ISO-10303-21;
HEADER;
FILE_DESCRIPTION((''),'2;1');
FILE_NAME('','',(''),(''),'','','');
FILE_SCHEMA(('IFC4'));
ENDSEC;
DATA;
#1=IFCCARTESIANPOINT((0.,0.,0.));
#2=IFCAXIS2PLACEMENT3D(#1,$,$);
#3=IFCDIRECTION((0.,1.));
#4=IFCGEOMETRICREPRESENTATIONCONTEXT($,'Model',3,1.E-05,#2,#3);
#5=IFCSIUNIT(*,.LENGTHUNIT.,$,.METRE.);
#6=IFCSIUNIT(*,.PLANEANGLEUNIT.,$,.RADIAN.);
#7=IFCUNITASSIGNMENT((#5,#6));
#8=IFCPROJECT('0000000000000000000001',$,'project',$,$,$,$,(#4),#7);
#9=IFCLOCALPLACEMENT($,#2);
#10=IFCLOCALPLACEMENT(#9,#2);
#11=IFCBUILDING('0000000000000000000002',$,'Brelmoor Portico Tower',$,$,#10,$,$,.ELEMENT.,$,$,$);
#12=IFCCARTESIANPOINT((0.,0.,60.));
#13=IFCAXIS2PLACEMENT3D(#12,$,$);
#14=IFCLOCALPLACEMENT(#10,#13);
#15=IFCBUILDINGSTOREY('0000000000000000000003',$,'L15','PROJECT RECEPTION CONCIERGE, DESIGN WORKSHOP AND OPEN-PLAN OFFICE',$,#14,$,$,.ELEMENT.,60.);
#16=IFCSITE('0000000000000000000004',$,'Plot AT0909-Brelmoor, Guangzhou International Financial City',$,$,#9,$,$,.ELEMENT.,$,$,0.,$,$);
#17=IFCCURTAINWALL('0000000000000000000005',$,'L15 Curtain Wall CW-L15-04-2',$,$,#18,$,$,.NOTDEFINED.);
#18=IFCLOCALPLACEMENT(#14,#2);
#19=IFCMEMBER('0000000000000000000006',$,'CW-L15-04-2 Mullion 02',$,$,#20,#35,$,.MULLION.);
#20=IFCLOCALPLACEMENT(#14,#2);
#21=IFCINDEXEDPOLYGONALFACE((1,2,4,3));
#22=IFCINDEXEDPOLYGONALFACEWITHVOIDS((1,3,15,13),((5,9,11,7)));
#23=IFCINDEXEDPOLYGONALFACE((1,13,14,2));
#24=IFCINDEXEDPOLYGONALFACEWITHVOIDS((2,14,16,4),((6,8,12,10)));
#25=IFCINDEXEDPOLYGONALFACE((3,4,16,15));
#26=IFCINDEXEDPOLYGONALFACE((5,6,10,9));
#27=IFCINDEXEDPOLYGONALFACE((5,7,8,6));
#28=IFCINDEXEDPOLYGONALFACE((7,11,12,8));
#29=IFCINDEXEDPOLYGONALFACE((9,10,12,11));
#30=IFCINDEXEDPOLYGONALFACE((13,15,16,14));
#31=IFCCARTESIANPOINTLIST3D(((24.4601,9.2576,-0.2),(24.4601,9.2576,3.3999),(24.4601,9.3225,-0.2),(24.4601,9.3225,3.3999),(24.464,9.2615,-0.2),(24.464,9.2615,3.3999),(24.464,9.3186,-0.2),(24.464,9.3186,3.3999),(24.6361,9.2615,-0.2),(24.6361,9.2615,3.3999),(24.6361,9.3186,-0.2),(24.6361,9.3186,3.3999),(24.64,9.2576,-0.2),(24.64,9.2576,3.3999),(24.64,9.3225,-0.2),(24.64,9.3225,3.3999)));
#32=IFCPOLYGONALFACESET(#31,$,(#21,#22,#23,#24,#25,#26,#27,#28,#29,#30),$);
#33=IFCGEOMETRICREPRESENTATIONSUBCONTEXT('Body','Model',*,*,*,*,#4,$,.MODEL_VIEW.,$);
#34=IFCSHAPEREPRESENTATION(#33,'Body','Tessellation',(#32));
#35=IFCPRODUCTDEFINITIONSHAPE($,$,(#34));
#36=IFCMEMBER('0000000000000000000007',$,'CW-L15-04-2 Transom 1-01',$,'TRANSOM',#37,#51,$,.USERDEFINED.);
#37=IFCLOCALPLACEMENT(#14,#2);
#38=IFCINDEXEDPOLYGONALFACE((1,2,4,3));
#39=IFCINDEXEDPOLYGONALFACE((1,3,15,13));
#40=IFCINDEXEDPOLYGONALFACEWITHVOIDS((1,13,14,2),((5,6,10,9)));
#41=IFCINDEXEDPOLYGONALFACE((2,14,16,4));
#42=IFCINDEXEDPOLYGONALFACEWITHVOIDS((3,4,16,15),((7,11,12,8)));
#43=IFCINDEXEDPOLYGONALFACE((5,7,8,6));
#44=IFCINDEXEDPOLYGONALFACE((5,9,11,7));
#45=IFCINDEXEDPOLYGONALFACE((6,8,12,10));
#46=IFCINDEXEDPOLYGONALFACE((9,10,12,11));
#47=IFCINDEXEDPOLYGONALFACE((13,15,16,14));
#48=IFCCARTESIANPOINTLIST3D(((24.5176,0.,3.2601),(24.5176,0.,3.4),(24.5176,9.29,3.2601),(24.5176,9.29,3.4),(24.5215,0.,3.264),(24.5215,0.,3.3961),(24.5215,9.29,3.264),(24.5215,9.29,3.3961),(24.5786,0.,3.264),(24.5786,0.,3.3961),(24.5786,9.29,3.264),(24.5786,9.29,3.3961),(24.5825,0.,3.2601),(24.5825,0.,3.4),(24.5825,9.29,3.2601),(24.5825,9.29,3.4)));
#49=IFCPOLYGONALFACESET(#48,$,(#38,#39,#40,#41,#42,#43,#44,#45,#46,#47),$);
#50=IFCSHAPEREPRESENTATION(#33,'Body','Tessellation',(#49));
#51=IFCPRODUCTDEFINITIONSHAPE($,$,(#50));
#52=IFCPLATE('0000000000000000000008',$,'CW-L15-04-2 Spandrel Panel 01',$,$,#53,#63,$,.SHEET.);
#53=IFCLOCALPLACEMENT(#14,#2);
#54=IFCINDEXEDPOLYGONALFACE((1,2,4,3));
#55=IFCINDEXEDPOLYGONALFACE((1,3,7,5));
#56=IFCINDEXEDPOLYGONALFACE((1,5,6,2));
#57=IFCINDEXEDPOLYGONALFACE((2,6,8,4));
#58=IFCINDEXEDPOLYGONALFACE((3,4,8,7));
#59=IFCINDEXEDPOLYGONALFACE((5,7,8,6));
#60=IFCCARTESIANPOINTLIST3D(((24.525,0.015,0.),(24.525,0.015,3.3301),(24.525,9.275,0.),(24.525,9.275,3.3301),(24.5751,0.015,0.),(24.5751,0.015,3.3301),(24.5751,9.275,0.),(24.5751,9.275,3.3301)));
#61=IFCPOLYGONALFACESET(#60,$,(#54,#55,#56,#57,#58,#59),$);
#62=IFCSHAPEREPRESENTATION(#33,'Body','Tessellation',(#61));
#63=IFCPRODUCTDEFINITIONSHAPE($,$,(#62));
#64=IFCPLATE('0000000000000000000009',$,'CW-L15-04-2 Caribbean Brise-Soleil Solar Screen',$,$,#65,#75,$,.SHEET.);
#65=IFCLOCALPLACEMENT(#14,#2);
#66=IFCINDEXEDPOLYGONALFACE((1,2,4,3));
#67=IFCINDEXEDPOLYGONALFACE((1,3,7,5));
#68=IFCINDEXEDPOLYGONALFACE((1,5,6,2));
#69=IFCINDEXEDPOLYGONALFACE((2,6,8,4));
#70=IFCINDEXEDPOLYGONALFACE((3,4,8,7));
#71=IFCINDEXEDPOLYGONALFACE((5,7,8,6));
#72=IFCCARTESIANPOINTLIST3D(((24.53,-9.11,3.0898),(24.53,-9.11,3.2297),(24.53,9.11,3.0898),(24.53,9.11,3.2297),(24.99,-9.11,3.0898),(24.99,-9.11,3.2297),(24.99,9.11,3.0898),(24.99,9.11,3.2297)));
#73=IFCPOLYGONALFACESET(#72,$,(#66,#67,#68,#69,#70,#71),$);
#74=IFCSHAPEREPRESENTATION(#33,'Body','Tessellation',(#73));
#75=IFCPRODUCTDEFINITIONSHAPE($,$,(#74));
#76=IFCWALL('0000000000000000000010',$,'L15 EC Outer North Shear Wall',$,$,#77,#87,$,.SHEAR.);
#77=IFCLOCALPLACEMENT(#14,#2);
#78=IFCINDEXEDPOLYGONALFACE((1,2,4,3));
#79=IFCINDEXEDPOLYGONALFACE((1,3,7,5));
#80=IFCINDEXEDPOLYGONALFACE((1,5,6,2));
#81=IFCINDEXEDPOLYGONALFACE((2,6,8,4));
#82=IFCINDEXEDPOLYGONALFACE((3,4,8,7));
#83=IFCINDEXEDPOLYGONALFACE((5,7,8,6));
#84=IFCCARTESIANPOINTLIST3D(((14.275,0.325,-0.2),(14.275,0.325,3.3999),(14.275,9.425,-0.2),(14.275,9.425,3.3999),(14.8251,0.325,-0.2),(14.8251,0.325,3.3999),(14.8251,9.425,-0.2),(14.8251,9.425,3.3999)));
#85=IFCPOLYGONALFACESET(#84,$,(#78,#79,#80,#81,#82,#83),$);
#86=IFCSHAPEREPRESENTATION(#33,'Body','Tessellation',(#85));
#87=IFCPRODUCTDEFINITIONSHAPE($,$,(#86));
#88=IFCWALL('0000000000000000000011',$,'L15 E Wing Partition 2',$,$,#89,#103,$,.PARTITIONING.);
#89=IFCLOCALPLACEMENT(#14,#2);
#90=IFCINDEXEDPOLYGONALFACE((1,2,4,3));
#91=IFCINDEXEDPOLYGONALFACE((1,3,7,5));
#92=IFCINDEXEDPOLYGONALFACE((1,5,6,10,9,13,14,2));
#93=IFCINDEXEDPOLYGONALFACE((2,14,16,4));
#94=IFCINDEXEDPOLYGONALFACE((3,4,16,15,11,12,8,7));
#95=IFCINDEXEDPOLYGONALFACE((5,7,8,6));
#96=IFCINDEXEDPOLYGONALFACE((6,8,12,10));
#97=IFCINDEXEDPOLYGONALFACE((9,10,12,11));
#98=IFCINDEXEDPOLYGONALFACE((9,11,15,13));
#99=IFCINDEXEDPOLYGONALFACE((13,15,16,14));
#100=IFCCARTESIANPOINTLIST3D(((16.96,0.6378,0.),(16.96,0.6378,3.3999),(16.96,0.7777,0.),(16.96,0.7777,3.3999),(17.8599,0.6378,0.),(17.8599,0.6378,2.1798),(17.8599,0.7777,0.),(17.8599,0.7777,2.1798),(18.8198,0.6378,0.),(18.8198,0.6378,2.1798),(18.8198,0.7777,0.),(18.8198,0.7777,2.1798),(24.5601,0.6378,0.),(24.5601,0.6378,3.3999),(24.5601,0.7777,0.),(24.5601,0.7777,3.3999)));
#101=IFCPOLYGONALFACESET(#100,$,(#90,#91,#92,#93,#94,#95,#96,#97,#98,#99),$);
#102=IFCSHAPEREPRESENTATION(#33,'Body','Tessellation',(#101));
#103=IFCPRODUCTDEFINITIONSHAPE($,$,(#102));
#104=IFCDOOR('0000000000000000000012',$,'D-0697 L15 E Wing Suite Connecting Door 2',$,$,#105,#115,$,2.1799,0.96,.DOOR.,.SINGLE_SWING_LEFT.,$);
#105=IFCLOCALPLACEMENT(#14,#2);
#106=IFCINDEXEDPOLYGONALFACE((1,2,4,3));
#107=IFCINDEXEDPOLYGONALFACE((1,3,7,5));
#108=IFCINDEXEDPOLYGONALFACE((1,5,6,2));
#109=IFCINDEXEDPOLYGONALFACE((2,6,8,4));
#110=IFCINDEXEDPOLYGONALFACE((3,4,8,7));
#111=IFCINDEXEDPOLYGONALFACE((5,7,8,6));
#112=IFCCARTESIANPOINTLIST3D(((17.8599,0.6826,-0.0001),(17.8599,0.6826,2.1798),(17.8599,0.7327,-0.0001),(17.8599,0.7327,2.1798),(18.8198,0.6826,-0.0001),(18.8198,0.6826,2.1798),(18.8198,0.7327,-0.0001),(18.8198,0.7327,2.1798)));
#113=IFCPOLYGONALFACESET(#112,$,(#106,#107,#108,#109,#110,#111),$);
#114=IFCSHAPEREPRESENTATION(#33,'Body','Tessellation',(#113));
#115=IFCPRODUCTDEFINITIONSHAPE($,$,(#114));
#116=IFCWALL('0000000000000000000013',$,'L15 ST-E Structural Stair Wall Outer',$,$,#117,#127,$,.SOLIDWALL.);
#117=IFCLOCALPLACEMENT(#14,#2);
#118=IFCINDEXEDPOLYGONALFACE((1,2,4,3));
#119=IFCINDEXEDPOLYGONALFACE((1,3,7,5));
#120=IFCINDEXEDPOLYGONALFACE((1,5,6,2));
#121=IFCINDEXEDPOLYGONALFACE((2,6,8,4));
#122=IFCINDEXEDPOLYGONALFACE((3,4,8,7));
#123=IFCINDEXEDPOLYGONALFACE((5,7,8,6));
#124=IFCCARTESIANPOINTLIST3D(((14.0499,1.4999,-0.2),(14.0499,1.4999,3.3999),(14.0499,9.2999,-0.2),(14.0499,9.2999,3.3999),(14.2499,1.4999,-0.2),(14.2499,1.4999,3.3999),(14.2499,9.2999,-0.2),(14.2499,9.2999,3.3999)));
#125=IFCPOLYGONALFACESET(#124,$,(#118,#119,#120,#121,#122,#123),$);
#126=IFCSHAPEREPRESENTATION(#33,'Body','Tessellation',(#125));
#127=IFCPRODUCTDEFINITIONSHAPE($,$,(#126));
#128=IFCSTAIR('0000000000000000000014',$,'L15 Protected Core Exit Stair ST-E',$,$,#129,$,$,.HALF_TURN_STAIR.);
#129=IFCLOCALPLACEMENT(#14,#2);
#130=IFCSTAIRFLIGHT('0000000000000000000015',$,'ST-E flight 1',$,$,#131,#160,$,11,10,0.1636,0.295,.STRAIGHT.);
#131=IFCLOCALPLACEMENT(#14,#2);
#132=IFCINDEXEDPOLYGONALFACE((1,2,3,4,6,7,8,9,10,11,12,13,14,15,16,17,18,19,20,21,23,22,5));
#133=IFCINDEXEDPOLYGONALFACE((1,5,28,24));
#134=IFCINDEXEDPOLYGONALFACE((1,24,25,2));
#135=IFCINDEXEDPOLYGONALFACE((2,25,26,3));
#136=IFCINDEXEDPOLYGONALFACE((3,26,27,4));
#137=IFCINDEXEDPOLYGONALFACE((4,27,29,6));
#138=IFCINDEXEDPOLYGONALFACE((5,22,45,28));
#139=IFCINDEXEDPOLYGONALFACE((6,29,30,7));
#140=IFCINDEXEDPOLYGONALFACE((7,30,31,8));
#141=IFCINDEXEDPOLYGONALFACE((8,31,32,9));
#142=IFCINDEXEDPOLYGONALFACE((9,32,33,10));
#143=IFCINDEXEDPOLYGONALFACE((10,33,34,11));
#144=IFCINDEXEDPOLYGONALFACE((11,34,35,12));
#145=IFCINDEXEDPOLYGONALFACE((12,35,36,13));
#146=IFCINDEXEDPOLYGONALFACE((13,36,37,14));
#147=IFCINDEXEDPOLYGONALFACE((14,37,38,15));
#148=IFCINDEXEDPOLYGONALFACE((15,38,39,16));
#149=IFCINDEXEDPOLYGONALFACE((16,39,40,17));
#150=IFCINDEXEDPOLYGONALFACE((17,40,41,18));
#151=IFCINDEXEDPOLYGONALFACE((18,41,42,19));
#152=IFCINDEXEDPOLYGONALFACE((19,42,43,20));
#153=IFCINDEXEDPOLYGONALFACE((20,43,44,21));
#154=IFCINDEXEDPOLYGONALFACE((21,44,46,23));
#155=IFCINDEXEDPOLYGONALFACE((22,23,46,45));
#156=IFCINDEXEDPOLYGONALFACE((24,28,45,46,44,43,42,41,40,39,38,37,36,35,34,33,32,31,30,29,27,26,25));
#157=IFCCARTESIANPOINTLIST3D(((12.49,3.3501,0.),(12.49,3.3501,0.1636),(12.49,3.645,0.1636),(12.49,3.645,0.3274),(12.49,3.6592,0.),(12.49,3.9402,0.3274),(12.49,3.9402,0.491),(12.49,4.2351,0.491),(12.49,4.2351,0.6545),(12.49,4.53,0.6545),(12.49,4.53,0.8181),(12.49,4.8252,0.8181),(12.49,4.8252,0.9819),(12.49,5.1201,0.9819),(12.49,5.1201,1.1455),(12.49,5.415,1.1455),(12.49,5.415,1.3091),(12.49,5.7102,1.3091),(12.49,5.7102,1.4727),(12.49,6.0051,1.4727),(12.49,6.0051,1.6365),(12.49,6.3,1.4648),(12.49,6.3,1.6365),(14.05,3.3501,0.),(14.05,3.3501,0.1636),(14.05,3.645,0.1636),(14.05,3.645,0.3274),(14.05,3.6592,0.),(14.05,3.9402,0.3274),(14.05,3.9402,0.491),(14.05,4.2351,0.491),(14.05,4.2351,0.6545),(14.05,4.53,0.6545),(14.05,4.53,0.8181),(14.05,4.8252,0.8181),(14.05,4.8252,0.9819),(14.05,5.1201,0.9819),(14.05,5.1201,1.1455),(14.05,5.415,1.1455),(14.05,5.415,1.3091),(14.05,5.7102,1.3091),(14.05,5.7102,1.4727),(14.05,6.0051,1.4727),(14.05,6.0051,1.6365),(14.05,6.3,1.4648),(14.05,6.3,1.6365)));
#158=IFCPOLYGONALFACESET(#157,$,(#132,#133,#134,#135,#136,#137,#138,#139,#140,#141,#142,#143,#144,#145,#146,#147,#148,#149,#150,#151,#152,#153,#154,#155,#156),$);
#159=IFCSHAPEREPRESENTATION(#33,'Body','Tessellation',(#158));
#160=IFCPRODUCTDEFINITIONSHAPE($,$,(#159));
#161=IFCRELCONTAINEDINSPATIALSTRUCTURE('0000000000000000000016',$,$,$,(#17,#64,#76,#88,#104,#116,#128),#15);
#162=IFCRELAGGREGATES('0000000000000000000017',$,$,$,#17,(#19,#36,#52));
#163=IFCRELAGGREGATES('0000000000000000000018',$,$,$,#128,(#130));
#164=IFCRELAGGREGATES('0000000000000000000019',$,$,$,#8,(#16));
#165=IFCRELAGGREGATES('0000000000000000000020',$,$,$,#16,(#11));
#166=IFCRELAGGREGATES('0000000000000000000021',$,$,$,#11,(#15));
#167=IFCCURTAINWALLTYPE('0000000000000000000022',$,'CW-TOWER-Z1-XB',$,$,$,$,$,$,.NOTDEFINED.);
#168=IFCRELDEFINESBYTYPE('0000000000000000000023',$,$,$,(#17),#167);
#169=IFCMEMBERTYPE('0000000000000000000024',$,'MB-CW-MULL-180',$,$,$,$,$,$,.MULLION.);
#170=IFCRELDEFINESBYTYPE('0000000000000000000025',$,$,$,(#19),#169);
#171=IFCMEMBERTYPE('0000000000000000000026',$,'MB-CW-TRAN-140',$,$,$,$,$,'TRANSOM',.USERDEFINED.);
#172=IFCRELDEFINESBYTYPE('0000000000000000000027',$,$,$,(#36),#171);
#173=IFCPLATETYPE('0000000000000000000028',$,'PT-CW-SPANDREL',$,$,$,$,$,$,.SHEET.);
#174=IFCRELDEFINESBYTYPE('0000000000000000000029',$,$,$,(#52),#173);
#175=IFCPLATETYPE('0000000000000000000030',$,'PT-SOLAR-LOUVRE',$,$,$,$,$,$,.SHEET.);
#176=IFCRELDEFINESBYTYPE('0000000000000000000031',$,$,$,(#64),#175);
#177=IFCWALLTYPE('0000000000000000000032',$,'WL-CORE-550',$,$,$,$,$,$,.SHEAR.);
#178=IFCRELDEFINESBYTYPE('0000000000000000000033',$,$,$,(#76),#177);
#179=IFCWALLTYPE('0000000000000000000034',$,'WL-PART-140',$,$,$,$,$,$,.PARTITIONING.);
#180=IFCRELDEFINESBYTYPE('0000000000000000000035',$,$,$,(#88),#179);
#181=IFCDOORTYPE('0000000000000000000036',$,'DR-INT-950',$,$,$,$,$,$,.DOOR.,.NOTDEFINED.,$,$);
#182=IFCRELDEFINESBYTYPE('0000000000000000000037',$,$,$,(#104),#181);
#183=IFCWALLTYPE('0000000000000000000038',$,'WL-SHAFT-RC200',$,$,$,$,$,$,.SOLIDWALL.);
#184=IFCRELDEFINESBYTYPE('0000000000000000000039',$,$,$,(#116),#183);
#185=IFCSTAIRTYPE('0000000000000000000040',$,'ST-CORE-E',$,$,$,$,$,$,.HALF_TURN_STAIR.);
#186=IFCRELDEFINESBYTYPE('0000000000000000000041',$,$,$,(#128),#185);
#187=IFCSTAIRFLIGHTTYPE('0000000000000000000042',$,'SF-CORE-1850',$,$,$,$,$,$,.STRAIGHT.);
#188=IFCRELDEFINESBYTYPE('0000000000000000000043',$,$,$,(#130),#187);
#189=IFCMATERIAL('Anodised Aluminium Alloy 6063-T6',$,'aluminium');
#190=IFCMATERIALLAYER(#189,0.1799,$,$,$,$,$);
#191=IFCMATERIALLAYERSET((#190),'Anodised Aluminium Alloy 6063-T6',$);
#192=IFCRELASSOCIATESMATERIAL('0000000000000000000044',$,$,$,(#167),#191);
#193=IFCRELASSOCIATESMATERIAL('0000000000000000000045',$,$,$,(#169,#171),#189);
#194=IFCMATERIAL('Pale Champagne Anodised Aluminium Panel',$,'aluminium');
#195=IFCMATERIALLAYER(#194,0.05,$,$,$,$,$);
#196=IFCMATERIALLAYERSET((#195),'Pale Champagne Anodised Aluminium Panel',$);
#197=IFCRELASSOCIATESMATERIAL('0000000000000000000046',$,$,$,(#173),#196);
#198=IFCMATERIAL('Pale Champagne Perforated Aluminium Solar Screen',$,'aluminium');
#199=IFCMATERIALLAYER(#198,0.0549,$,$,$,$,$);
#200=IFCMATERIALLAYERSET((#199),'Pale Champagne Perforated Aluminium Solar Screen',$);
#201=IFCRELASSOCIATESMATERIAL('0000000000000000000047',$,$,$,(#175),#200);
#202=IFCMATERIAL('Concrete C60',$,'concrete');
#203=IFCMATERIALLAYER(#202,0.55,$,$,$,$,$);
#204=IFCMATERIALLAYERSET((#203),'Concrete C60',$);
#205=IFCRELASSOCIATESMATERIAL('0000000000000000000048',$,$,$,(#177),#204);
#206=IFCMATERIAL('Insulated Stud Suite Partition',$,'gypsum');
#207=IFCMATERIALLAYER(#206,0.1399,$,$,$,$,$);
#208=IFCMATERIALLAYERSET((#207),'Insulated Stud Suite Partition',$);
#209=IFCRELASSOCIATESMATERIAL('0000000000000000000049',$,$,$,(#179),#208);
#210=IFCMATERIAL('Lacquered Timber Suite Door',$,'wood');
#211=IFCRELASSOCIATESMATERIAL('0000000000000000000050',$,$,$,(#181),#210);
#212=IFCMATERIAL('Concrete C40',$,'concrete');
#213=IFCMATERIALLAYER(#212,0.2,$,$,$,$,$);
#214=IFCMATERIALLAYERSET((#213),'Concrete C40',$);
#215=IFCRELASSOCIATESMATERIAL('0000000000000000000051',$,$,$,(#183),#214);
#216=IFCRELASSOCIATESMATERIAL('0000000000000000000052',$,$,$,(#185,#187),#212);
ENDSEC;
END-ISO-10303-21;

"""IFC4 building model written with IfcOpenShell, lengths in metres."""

from ifc_helpers import new_model, si_unit, direction, frame, frame_2d, origin, origin_2d, place, context, subcontext, project, spatial, polyline, rectangle, hollow_rectangle, outline, extrude, material, layer, layer_set, material_profile, profile_set, type_object, element, fill, aggregate, save


model = new_model("IFC4")

# Units and contexts
model_context = context("Model", 3, precision=1e-05, world=origin(), true_north=direction((0.0, 1.0)))
body_context = subcontext(model_context, "Body", "Model", "MODEL_VIEW")
ifc_project = project(units=[si_unit("LENGTHUNIT", "METRE"), si_unit("PLANEANGLEUNIT", "RADIAN")], contexts=[model_context])

# Site, building, storey
site_placement = place(None, origin())
site = spatial("IfcSite", under=ifc_project, at=site_placement, Name="Plot AT0909-Brelmoor, Guangzhou International Financial City", CompositionType="ELEMENT", RefElevation=0.0)
building_placement = place(site_placement, origin())
building = spatial("IfcBuilding", under=site, at=building_placement, Name="Brelmoor Portico Tower", CompositionType="ELEMENT")
storey_placement = place(building_placement, frame((0.0, 0.0, 60.0)))
storey = spatial("IfcBuildingStorey", under=building, at=storey_placement, Name="L15", Description="PROJECT RECEPTION CONCIERGE, DESIGN WORKSHOP AND OPEN-PLAN OFFICE", CompositionType="ELEMENT", Elevation=60.0)

# Curtain wall, members, plate
ifc_material_1 = material(Name="Anodised Aluminium Alloy 6063-T6", Category="aluminium")
ifc_layer_1 = layer(ifc_material_1, 0.1799)
ifc_layer_set_1 = layer_set([ifc_layer_1], Name="Anodised Aluminium Alloy 6063-T6")
curtain_wall_type = type_object("IfcCurtainWallType", Name="CW-TOWER-Z1-XB", PredefinedType="NOTDEFINED", material=ifc_layer_set_1)
curtain_wall_placement = place(storey_placement, origin())
curtain_wall = element("IfcCurtainWall", 1, at=curtain_wall_placement, inside=storey, type_object=curtain_wall_type, Name="L15 Curtain Wall CW-L15-04-2", PredefinedType="NOTDEFINED")
ifc_material_profile_1 = material_profile(ifc_material_1, hollow_rectangle(XDim=0.0649, YDim=0.1799, WallThickness=0.0039, at=origin_2d()), Name="ALU MULLION 65x180")
ifc_profile_set_1 = profile_set([ifc_material_profile_1], Name="Anodised Aluminium Alloy 6063-T6")
member_type_1 = type_object("IfcMemberType", Name="MB-CW-MULL-180", PredefinedType="MULLION", material=ifc_profile_set_1)
member_1_placement = place(storey_placement, frame((24.55, 9.29, -0.2), z_axis=(0.0, 0.0, 1.0), x_axis=(0.0, 1.0, 0.0)))
member_1 = element("IfcMember", 2, at=member_1_placement, type_object=member_type_1, Name="CW-L15-04-2 Mullion 02", PredefinedType="MULLION", context=body_context, shape_type="SweptSolid", body=[
    extrude(hollow_rectangle(XDim=0.0649, YDim=0.1799, WallThickness=0.0039, at=origin_2d()), origin(), (0.0, 0.0, 1.0), 3.5999),
])
ifc_material_profile_2 = material_profile(ifc_material_1, hollow_rectangle(XDim=0.0649, YDim=0.1399, WallThickness=0.0039, at=origin_2d()), Name="ALU TRANSOM 65x140")
ifc_profile_set_2 = profile_set([ifc_material_profile_2], Name="Anodised Aluminium Alloy 6063-T6")
member_type_2 = type_object("IfcMemberType", Name="MB-CW-TRAN-140", ElementType="TRANSOM", PredefinedType="USERDEFINED", material=ifc_profile_set_2)
member_2_placement = place(storey_placement, frame((24.55, 0.0, 3.3301), z_axis=(0.0, 1.0, 0.0), x_axis=(-1.0, 0.0, 0.0)))
member_2 = element("IfcMember", 3, at=member_2_placement, type_object=member_type_2, Name="CW-L15-04-2 Transom 1-01", ObjectType="TRANSOM", PredefinedType="USERDEFINED", context=body_context, shape_type="SweptSolid", body=[
    extrude(hollow_rectangle(XDim=0.0649, YDim=0.1399, WallThickness=0.0039, at=origin_2d()), origin(), (0.0, 0.0, 1.0), 9.29),
])
ifc_material_2 = material(Name="Pale Champagne Anodised Aluminium Panel", Category="aluminium")
ifc_layer_2 = layer(ifc_material_2, 0.05)
ifc_layer_set_2 = layer_set([ifc_layer_2], Name="Pale Champagne Anodised Aluminium Panel")
plate_type_1 = type_object("IfcPlateType", Name="PT-CW-SPANDREL", PredefinedType="SHEET", material=ifc_layer_set_2)
plate_1_placement = place(storey_placement, frame((24.55, 4.645, 0.0), z_axis=(0.0, 0.0, 1.0), x_axis=(0.0, 1.0, 0.0)))
plate_1 = element("IfcPlate", 4, at=plate_1_placement, type_object=plate_type_1, Name="CW-L15-04-2 Spandrel Panel 01", PredefinedType="SHEET", context=body_context, shape_type="SweptSolid", body=[
    extrude(rectangle(XDim=9.26, YDim=0.05, at=origin_2d()), origin(), (0.0, 0.0, 1.0), 3.3301),
])
aggregate(curtain_wall, [member_1, member_2, plate_1])

# Plate
ifc_material_3 = material(Name="Pale Champagne Perforated Aluminium Solar Screen", Category="aluminium")
ifc_layer_3 = layer(ifc_material_3, 0.0549)
ifc_layer_set_3 = layer_set([ifc_layer_3], Name="Pale Champagne Perforated Aluminium Solar Screen")
plate_type_2 = type_object("IfcPlateType", Name="PT-SOLAR-LOUVRE", PredefinedType="SHEET", material=ifc_layer_set_3)
plate_2_placement = place(storey_placement, frame((24.76, 0.0, 3.0898), z_axis=(0.0, 0.0, 1.0), x_axis=(0.0, 1.0, 0.0)))
element("IfcPlate", 5, at=plate_2_placement, inside=storey, type_object=plate_type_2, Name="CW-L15-04-2 Caribbean Brise-Soleil Solar Screen", PredefinedType="SHEET", context=body_context, shape_type="SweptSolid", body=[
    extrude(rectangle(XDim=18.22, YDim=0.46, at=origin_2d()), origin(), (0.0, 0.0, 1.0), 0.1399),
])

# Wall
ifc_material_4 = material(Name="Concrete C60", Category="concrete")
ifc_layer_4 = layer(ifc_material_4, 0.55)
ifc_layer_set_4 = layer_set([ifc_layer_4], Name="Concrete C60")
wall_type_1 = type_object("IfcWallType", Name="WL-CORE-550", PredefinedType="SHEAR", material=ifc_layer_set_4)
wall_1_placement = place(storey_placement, frame((14.55, 0.325, -0.2), z_axis=(0.0, 0.0, 1.0), x_axis=(0.0, 1.0, 0.0)))
element("IfcWall", 6, at=wall_1_placement, inside=storey, type_object=wall_type_1, Name="L15 EC Outer North Shear Wall", PredefinedType="SHEAR", context=body_context, shape_type="SweptSolid", body=[
    extrude(rectangle(XDim=9.1001, YDim=0.55, at=frame_2d((4.55, 0.0))), origin(), (0.0, 0.0, 1.0), 3.5999),
])

# Wall, opening, door
ifc_material_5 = material(Name="Insulated Stud Suite Partition", Category="gypsum")
ifc_layer_5 = layer(ifc_material_5, 0.1399)
ifc_layer_set_5 = layer_set([ifc_layer_5], Name="Insulated Stud Suite Partition")
wall_type_2 = type_object("IfcWallType", Name="WL-PART-140", PredefinedType="PARTITIONING", material=ifc_layer_set_5)
wall_2_placement = place(storey_placement, frame((16.96, 0.7078, 0.0), z_axis=(0.0, 0.0, 1.0), x_axis=(1.0, 0.0, 0.0)))
wall_2 = element("IfcWall", 7, at=wall_2_placement, inside=storey, type_object=wall_type_2, Name="L15 E Wing Partition 2", PredefinedType="PARTITIONING", context=body_context, shape_type="SweptSolid", body=[
    extrude(rectangle(XDim=7.6001, YDim=0.1399, at=frame_2d((3.8, 0.0))), origin(), (0.0, 0.0, 1.0), 3.3999),
])
opening_placement = place(wall_2_placement, frame((0.8999, 0.0, 0.0)))
opening = element("IfcOpeningElement", 8, at=opening_placement, cuts=wall_2, PredefinedType="OPENING", context=body_context, shape_type="SweptSolid", body=[
    extrude(rectangle(XDim=0.96, YDim=2.1799, at=frame_2d((0.48, 1.0898))), frame((0.0, 0.0798, 0.0), z_axis=(0.0, -1.0, 0.0), x_axis=(1.0, 0.0, 0.0)), (0.0, 0.0, 1.0), 0.1599),
])
ifc_material_6 = material(Name="Lacquered Timber Suite Door", Category="wood")
door_type = type_object("IfcDoorType", Name="DR-INT-950", OperationType="NOTDEFINED", PredefinedType="DOOR", material=ifc_material_6)
door_placement = place(opening_placement, origin())
door = element("IfcDoor", 9, at=door_placement, inside=storey, type_object=door_type, Name="D-0697 L15 E Wing Suite Connecting Door 2", OperationType="SINGLE_SWING_LEFT", OverallHeight=2.1799, OverallWidth=0.96, PredefinedType="DOOR", context=body_context, shape_type="SweptSolid", body=[
    extrude(rectangle(XDim=0.96, YDim=2.1799, at=frame_2d((0.48, 1.0898))), frame((0.0, 0.0249, 0.0), z_axis=(0.0, -1.0, 0.0), x_axis=(1.0, 0.0, 0.0)), (0.0, 0.0, 1.0), 0.05),
])
fill(opening, door)

# Wall
ifc_material_7 = material(Name="Concrete C40", Category="concrete")
ifc_layer_6 = layer(ifc_material_7, 0.2)
ifc_layer_set_6 = layer_set([ifc_layer_6], Name="Concrete C40")
wall_type_3 = type_object("IfcWallType", Name="WL-SHAFT-RC200", PredefinedType="SOLIDWALL", material=ifc_layer_set_6)
wall_3_placement = place(storey_placement, frame((14.1499, 1.5, -0.2), z_axis=(0.0, 0.0, 1.0), x_axis=(0.0, 1.0, 0.0)))
element("IfcWall", 10, at=wall_3_placement, inside=storey, type_object=wall_type_3, Name="L15 ST-E Structural Stair Wall Outer", PredefinedType="SOLIDWALL", context=body_context, shape_type="SweptSolid", body=[
    extrude(rectangle(XDim=7.8, YDim=0.2, at=frame_2d((3.8999, 0.0))), origin(), (0.0, 0.0, 1.0), 3.5999),
])

# Stair, stair flight
stair_type = type_object("IfcStairType", Name="ST-CORE-E", PredefinedType="HALF_TURN_STAIR", material=ifc_material_7)
stair_placement = place(storey_placement, origin())
stair = element("IfcStair", 11, at=stair_placement, inside=storey, type_object=stair_type, Name="L15 Protected Core Exit Stair ST-E", PredefinedType="HALF_TURN_STAIR")
stair_flight_type = type_object("IfcStairFlightType", Name="SF-CORE-1850", PredefinedType="STRAIGHT", material=ifc_material_7)
stair_flight_placement = place(storey_placement, frame((13.27, 3.3501, 0.0), z_axis=(0.0, 0.0, 1.0), x_axis=(0.0, 1.0, 0.0)))
stair_flight = element("IfcStairFlight", 12, at=stair_flight_placement, type_object=stair_flight_type, Name="ST-E flight 1", NumberOfRisers=11, NumberOfTreads=10, PredefinedType="STRAIGHT", RiserHeight=0.1636, TreadLength=0.295, context=body_context, shape_type="SweptSolid", body=[
    extrude(outline(polyline([(0.0, 0.0), (0.0, 0.1636), (0.2949, 0.1636), (0.2949, 0.3274), (0.5901, 0.3274), (0.5901, 0.491), (0.885, 0.491), (0.885, 0.6545), (1.1799, 0.6545), (1.1799, 0.8181), (1.4751, 0.8181), (1.4751, 0.9819), (1.77, 0.9819), (1.77, 1.1455), (2.0649, 1.1455), (2.0649, 1.3091), (2.3601, 1.3091), (2.3601, 1.4727), (2.655, 1.4727), (2.655, 1.6365), (2.95, 1.6365), (2.95, 1.8), (2.95, 1.4648), (0.3091, 0.0), (0.0, 0.0)])), frame((0.0, 0.78, 0.0), z_axis=(0.0, -1.0, 0.0), x_axis=(1.0, 0.0, 0.0)), (0.0, 0.0, 1.0), 1.5601),
])
aggregate(stair, [stair_flight])

save(model, "model.ifc")
